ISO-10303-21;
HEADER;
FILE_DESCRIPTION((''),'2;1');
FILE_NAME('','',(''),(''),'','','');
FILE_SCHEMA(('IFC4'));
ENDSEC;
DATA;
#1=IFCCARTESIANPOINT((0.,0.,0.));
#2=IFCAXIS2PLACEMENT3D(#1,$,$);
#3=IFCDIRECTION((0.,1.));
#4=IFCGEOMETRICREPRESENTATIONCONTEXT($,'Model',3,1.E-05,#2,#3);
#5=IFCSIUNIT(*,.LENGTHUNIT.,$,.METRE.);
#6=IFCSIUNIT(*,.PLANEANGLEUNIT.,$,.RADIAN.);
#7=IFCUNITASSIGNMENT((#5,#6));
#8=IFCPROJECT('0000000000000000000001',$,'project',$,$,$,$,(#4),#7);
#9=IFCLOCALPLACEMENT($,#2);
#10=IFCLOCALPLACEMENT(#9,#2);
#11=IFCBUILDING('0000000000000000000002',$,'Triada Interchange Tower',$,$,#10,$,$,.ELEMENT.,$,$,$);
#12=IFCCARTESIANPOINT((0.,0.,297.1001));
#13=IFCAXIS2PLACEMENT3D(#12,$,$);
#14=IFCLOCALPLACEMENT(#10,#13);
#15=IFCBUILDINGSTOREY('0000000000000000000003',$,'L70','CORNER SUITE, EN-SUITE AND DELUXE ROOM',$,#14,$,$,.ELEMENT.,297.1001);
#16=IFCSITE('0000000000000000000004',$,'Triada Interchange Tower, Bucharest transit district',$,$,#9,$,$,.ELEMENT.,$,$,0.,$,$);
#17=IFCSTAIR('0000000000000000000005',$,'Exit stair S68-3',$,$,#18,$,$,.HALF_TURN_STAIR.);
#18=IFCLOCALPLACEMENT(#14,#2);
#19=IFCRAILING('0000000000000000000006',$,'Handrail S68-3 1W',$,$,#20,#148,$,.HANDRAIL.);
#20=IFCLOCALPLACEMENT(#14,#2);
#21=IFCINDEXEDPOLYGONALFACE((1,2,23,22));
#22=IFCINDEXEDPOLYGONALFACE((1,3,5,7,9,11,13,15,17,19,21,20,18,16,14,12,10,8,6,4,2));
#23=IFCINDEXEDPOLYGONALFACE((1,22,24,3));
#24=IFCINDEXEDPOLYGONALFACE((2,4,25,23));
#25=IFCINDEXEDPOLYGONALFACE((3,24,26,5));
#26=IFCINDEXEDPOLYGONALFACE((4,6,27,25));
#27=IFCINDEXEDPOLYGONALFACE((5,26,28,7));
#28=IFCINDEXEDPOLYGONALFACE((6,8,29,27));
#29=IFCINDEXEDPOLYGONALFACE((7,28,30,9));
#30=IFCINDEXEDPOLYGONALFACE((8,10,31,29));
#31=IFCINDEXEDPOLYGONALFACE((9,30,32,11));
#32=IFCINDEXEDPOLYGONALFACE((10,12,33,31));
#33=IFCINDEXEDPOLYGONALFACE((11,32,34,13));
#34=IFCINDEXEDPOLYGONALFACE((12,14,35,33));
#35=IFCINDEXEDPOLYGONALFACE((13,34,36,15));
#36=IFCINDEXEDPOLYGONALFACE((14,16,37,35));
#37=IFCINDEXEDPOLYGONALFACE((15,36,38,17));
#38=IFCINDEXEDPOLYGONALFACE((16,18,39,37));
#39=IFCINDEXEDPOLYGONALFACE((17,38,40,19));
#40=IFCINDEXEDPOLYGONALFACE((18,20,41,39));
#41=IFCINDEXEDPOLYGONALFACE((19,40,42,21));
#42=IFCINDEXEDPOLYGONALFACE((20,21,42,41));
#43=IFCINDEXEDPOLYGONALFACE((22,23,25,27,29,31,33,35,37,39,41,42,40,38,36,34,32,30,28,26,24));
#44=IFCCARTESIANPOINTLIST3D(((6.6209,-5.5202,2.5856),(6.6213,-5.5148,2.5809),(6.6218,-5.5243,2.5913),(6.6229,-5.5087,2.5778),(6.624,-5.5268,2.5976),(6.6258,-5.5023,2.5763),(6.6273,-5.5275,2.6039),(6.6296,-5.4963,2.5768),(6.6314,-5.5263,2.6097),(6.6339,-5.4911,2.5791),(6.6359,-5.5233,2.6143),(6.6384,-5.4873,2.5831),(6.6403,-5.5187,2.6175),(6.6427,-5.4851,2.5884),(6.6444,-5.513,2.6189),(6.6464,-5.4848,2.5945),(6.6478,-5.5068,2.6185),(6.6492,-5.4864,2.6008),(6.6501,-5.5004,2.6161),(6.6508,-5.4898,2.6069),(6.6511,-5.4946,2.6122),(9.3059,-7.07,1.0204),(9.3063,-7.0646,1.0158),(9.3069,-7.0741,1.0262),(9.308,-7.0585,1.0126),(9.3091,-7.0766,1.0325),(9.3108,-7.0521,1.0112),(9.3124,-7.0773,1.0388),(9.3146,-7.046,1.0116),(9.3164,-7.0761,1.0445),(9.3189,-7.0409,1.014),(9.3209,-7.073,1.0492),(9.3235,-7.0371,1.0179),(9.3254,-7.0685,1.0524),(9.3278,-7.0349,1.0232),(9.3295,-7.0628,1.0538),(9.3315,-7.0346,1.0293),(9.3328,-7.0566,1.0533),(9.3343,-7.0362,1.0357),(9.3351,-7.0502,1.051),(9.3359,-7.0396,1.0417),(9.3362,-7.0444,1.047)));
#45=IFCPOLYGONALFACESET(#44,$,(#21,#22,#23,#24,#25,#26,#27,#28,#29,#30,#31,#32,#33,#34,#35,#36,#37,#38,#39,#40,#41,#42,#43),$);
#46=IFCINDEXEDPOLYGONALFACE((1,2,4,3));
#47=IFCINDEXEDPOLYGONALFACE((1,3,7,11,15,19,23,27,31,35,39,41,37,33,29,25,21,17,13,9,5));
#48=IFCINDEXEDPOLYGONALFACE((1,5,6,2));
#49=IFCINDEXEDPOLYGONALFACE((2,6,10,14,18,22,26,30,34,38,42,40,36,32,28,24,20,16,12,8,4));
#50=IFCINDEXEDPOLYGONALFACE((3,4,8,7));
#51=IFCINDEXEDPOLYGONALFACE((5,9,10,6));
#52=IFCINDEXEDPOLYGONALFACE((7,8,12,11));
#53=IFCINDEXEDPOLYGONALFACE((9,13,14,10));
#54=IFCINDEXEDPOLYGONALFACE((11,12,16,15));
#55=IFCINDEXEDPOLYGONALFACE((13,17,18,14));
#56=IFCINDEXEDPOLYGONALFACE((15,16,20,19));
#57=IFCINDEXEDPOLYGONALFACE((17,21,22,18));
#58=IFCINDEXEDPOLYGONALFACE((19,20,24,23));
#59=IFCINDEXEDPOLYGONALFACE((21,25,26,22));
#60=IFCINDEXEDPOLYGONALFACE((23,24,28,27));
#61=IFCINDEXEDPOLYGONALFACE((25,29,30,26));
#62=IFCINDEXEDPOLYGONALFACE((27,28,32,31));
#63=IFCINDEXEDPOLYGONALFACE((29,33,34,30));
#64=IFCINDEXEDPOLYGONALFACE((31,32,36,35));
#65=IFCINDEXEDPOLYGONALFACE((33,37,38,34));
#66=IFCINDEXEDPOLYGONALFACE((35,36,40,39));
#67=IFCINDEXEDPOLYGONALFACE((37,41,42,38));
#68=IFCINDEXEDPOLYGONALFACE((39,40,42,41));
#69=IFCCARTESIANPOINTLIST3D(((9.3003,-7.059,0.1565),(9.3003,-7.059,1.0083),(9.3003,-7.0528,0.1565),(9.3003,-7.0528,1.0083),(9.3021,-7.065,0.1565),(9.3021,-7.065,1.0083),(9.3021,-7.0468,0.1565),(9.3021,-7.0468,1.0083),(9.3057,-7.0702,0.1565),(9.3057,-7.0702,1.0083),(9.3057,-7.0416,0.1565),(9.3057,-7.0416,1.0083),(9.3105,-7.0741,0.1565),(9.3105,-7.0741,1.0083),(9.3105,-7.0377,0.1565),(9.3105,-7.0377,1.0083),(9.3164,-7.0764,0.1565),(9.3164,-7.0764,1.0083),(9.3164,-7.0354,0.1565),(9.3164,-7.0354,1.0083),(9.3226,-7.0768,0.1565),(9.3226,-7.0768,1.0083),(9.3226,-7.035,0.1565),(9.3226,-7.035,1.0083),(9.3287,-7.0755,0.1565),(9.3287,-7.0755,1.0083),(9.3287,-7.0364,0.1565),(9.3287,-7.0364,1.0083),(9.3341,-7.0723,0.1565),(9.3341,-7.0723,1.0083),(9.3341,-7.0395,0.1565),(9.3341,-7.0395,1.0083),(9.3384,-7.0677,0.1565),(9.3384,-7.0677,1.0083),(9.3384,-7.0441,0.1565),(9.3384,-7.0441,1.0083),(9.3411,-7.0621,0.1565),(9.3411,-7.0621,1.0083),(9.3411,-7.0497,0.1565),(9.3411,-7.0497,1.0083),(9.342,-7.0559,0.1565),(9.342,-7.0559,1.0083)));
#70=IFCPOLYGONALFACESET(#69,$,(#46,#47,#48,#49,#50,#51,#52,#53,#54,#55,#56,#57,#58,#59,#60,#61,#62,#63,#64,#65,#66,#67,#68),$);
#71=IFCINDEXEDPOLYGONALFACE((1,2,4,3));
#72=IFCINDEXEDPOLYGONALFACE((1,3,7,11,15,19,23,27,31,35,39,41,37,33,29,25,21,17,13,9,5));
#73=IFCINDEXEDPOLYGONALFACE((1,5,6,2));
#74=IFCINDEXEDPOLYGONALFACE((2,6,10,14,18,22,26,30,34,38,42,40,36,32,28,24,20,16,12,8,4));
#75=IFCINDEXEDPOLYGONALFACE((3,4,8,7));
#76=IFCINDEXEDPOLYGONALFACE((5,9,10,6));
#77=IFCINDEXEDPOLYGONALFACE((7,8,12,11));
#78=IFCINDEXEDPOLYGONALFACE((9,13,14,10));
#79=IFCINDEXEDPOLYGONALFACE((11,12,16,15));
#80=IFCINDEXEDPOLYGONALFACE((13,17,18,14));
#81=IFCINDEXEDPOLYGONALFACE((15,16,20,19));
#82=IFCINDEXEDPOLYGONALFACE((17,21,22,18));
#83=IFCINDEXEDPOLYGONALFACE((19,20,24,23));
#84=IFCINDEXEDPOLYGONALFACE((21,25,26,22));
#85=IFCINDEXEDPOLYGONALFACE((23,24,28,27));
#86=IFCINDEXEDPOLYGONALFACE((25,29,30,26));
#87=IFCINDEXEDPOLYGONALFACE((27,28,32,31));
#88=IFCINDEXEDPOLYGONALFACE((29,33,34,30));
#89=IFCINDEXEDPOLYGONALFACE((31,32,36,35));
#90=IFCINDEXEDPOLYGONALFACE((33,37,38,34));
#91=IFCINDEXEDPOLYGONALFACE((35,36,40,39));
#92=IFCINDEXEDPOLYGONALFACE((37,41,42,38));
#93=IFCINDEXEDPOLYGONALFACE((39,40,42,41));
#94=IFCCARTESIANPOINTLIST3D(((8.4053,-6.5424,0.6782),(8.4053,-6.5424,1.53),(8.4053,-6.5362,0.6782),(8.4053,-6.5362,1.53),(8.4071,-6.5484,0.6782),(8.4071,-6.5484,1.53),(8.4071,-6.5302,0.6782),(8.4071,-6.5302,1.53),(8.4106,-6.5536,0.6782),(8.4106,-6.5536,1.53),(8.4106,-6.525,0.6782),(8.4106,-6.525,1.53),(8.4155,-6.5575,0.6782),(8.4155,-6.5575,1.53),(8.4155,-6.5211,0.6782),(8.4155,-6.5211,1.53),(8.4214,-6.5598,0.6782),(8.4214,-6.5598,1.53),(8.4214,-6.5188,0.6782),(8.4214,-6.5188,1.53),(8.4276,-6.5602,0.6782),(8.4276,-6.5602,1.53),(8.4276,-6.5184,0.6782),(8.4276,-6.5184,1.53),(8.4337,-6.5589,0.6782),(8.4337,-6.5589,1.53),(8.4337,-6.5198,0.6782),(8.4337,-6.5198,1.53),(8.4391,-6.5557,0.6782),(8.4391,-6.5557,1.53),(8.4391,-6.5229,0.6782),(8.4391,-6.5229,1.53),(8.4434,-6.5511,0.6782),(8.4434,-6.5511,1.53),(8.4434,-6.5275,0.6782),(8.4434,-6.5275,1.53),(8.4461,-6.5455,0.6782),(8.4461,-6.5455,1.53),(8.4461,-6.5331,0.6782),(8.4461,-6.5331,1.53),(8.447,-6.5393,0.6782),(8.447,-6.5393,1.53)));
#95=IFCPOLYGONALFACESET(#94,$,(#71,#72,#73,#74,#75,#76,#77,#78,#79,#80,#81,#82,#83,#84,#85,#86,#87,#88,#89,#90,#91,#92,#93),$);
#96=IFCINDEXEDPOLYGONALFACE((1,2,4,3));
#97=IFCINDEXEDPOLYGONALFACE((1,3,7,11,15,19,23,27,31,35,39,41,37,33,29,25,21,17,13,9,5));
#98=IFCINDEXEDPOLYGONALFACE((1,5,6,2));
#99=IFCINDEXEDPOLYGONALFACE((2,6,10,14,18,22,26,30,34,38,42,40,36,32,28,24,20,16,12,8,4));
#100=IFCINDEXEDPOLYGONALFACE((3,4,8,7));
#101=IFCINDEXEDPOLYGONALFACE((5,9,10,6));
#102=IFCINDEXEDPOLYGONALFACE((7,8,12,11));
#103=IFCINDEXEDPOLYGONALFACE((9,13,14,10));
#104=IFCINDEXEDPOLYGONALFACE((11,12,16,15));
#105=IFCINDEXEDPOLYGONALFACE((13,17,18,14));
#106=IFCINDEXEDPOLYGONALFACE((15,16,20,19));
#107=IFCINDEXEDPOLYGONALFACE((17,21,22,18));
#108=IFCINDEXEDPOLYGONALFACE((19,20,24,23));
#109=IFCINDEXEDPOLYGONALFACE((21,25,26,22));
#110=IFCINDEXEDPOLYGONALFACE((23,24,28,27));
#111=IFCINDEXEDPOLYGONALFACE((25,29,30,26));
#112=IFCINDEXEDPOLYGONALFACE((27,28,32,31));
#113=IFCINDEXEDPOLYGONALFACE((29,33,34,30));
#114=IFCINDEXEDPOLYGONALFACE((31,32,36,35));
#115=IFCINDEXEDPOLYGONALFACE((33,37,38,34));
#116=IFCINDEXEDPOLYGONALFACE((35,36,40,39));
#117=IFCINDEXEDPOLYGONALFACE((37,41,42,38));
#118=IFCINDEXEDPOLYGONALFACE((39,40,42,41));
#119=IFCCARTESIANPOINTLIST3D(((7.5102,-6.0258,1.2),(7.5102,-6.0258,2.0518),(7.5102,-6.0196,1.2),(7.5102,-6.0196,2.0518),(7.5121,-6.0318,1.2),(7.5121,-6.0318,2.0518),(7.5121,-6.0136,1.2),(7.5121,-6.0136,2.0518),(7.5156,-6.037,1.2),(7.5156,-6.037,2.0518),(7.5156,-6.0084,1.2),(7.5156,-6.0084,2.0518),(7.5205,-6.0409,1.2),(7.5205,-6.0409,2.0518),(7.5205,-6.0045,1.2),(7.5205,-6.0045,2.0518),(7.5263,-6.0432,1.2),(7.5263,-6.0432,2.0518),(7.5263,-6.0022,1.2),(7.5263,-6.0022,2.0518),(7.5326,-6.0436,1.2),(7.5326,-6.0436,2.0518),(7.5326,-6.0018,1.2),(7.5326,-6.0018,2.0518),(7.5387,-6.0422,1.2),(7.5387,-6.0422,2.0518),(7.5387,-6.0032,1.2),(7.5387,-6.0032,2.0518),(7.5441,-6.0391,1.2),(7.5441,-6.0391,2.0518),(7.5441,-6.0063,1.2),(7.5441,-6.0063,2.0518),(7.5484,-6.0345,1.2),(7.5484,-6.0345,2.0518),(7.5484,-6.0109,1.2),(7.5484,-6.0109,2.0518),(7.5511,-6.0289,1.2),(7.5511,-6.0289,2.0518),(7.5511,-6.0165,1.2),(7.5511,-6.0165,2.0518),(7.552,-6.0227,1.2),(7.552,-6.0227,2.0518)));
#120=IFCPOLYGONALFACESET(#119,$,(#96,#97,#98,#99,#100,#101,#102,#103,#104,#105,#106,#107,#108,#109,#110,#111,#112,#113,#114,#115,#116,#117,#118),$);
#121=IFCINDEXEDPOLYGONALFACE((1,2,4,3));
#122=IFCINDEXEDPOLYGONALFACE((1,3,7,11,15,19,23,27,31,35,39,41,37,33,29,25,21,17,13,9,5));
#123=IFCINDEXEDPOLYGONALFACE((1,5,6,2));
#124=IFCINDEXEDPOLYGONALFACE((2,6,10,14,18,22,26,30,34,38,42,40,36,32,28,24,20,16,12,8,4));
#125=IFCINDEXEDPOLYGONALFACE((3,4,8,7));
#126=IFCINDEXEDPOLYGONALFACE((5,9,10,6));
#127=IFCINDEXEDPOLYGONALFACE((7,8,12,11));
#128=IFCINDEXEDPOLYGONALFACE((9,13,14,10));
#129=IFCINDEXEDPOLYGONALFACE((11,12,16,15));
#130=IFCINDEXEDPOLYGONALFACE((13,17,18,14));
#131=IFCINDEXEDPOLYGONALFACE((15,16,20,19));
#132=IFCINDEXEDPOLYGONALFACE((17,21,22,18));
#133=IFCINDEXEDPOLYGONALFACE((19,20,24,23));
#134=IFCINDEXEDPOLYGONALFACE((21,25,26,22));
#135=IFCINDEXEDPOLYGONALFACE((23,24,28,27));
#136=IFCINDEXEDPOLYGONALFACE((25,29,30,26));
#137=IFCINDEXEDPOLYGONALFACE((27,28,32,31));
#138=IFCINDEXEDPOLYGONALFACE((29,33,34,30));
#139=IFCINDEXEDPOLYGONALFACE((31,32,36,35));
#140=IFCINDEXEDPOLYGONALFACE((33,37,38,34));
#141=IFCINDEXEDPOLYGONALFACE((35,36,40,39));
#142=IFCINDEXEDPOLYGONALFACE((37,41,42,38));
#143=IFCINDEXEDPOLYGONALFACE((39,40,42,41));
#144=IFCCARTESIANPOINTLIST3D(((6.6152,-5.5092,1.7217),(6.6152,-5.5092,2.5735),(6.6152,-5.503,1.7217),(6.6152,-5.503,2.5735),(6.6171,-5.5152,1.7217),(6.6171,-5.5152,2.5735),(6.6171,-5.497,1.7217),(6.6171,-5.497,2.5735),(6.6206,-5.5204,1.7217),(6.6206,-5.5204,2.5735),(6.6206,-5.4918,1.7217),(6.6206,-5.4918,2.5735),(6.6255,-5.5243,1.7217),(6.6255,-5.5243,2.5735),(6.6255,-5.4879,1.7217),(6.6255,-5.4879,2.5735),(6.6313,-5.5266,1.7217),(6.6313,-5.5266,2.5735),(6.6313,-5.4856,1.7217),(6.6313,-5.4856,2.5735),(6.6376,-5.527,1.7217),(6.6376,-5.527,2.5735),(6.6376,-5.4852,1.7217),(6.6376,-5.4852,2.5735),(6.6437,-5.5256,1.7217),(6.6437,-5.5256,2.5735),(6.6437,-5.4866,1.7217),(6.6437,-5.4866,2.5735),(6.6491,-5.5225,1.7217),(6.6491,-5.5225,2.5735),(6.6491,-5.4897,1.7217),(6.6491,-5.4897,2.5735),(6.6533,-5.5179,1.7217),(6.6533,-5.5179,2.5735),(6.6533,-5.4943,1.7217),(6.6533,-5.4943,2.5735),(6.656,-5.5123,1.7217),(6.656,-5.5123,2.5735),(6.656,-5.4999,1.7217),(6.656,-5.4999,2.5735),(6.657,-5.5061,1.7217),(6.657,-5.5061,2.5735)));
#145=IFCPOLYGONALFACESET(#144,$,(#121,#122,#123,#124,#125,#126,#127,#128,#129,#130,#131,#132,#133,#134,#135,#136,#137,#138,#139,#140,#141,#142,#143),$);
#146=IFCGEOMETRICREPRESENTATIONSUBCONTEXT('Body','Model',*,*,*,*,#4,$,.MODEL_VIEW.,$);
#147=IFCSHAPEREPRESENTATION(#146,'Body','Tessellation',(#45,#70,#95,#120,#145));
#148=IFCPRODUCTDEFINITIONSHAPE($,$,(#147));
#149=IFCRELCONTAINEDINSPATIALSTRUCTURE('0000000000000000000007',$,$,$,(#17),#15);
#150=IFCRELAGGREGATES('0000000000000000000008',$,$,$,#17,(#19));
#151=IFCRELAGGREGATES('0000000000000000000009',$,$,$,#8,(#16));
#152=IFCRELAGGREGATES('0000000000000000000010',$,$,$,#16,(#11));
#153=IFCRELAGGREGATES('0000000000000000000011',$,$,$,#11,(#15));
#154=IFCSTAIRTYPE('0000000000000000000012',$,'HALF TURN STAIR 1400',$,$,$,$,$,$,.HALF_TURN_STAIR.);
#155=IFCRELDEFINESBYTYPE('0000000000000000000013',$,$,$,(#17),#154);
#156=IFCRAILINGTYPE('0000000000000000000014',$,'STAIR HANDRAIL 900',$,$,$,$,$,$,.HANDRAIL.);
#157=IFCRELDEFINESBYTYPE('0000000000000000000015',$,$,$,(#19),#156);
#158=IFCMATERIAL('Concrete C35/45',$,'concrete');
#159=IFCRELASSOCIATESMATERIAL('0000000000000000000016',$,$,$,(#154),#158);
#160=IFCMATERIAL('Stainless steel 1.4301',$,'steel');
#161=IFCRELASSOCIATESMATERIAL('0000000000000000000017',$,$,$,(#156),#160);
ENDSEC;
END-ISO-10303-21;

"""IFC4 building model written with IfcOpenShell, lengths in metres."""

from ifc_helpers import new_model, si_unit, direction, frame, origin, origin_2d, place, context, subcontext, project, spatial, circle, extrude, material, type_object, element, aggregate, save


model = new_model("IFC4")

# Units and contexts
model_context = context("Model", 3, precision=1e-05, world=origin(), true_north=direction((0.0, 1.0)))
body_context = subcontext(model_context, "Body", "Model", "MODEL_VIEW")
ifc_project = project(units=[si_unit("LENGTHUNIT", "METRE"), si_unit("PLANEANGLEUNIT", "RADIAN")], contexts=[model_context])

# Site, building, storey
site_placement = place(None, origin())
site = spatial("IfcSite", under=ifc_project, at=site_placement, Name="Triada Interchange Tower, Bucharest transit district", CompositionType="ELEMENT", RefElevation=0.0)
building_placement = place(site_placement, origin())
building = spatial("IfcBuilding", under=site, at=building_placement, Name="Triada Interchange Tower", CompositionType="ELEMENT")
storey_placement = place(building_placement, frame((0.0, 0.0, 297.1001)))
storey = spatial("IfcBuildingStorey", under=building, at=storey_placement, Name="L70", Description="CORNER SUITE, EN-SUITE AND DELUXE ROOM", CompositionType="ELEMENT", Elevation=297.1001)

# Stair, railing
ifc_material_1 = material(Name="Concrete C35/45", Category="concrete")
stair_type = type_object("IfcStairType", Name="HALF TURN STAIR 1400", PredefinedType="HALF_TURN_STAIR", material=ifc_material_1)
stair_placement = place(storey_placement, origin())
stair = element("IfcStair", 1, at=stair_placement, inside=storey, type_object=stair_type, Name="Exit stair S68-3", PredefinedType="HALF_TURN_STAIR")
ifc_material_2 = material(Name="Stainless steel 1.4301", Category="steel")
railing_type = type_object("IfcRailingType", Name="STAIR HANDRAIL 900", PredefinedType="HANDRAIL", material=ifc_material_2)
railing_1_placement = place(storey_placement, frame((9.321, -7.0559, 0.1565)))
railing_1 = element("IfcRailing", 2, at=railing_1_placement, type_object=railing_type, Name="Handrail S68-3 1W", PredefinedType="HANDRAIL", context=body_context, shape_type="SweptSolid", body=[
    extrude(circle(Radius=0.0239, at=origin_2d()), frame((0.0, 0.0, 0.876), z_axis=(-0.773139, 0.446253, 0.450682), x_axis=(-0.4999, -0.866083, 0.0)), (0.0, 0.0, 1.0), 3.4729),
    extrude(circle(Radius=0.021, at=origin_2d()), origin(), (0.0, 0.0, 1.0), 0.8518),
    extrude(circle(Radius=0.021, at=origin_2d()), frame((-0.895, 0.5166, 0.5217)), (0.0, 0.0, 1.0), 0.8518),
    extrude(circle(Radius=0.021, at=origin_2d()), frame((-1.79, 1.0332, 1.0435)), (0.0, 0.0, 1.0), 0.8518),
    extrude(circle(Radius=0.021, at=origin_2d()), frame((-2.6851, 1.5498, 1.5652)), (0.0, 0.0, 1.0), 0.8518),
])
aggregate(stair, [railing_1])

save(model, "model.ifc")
